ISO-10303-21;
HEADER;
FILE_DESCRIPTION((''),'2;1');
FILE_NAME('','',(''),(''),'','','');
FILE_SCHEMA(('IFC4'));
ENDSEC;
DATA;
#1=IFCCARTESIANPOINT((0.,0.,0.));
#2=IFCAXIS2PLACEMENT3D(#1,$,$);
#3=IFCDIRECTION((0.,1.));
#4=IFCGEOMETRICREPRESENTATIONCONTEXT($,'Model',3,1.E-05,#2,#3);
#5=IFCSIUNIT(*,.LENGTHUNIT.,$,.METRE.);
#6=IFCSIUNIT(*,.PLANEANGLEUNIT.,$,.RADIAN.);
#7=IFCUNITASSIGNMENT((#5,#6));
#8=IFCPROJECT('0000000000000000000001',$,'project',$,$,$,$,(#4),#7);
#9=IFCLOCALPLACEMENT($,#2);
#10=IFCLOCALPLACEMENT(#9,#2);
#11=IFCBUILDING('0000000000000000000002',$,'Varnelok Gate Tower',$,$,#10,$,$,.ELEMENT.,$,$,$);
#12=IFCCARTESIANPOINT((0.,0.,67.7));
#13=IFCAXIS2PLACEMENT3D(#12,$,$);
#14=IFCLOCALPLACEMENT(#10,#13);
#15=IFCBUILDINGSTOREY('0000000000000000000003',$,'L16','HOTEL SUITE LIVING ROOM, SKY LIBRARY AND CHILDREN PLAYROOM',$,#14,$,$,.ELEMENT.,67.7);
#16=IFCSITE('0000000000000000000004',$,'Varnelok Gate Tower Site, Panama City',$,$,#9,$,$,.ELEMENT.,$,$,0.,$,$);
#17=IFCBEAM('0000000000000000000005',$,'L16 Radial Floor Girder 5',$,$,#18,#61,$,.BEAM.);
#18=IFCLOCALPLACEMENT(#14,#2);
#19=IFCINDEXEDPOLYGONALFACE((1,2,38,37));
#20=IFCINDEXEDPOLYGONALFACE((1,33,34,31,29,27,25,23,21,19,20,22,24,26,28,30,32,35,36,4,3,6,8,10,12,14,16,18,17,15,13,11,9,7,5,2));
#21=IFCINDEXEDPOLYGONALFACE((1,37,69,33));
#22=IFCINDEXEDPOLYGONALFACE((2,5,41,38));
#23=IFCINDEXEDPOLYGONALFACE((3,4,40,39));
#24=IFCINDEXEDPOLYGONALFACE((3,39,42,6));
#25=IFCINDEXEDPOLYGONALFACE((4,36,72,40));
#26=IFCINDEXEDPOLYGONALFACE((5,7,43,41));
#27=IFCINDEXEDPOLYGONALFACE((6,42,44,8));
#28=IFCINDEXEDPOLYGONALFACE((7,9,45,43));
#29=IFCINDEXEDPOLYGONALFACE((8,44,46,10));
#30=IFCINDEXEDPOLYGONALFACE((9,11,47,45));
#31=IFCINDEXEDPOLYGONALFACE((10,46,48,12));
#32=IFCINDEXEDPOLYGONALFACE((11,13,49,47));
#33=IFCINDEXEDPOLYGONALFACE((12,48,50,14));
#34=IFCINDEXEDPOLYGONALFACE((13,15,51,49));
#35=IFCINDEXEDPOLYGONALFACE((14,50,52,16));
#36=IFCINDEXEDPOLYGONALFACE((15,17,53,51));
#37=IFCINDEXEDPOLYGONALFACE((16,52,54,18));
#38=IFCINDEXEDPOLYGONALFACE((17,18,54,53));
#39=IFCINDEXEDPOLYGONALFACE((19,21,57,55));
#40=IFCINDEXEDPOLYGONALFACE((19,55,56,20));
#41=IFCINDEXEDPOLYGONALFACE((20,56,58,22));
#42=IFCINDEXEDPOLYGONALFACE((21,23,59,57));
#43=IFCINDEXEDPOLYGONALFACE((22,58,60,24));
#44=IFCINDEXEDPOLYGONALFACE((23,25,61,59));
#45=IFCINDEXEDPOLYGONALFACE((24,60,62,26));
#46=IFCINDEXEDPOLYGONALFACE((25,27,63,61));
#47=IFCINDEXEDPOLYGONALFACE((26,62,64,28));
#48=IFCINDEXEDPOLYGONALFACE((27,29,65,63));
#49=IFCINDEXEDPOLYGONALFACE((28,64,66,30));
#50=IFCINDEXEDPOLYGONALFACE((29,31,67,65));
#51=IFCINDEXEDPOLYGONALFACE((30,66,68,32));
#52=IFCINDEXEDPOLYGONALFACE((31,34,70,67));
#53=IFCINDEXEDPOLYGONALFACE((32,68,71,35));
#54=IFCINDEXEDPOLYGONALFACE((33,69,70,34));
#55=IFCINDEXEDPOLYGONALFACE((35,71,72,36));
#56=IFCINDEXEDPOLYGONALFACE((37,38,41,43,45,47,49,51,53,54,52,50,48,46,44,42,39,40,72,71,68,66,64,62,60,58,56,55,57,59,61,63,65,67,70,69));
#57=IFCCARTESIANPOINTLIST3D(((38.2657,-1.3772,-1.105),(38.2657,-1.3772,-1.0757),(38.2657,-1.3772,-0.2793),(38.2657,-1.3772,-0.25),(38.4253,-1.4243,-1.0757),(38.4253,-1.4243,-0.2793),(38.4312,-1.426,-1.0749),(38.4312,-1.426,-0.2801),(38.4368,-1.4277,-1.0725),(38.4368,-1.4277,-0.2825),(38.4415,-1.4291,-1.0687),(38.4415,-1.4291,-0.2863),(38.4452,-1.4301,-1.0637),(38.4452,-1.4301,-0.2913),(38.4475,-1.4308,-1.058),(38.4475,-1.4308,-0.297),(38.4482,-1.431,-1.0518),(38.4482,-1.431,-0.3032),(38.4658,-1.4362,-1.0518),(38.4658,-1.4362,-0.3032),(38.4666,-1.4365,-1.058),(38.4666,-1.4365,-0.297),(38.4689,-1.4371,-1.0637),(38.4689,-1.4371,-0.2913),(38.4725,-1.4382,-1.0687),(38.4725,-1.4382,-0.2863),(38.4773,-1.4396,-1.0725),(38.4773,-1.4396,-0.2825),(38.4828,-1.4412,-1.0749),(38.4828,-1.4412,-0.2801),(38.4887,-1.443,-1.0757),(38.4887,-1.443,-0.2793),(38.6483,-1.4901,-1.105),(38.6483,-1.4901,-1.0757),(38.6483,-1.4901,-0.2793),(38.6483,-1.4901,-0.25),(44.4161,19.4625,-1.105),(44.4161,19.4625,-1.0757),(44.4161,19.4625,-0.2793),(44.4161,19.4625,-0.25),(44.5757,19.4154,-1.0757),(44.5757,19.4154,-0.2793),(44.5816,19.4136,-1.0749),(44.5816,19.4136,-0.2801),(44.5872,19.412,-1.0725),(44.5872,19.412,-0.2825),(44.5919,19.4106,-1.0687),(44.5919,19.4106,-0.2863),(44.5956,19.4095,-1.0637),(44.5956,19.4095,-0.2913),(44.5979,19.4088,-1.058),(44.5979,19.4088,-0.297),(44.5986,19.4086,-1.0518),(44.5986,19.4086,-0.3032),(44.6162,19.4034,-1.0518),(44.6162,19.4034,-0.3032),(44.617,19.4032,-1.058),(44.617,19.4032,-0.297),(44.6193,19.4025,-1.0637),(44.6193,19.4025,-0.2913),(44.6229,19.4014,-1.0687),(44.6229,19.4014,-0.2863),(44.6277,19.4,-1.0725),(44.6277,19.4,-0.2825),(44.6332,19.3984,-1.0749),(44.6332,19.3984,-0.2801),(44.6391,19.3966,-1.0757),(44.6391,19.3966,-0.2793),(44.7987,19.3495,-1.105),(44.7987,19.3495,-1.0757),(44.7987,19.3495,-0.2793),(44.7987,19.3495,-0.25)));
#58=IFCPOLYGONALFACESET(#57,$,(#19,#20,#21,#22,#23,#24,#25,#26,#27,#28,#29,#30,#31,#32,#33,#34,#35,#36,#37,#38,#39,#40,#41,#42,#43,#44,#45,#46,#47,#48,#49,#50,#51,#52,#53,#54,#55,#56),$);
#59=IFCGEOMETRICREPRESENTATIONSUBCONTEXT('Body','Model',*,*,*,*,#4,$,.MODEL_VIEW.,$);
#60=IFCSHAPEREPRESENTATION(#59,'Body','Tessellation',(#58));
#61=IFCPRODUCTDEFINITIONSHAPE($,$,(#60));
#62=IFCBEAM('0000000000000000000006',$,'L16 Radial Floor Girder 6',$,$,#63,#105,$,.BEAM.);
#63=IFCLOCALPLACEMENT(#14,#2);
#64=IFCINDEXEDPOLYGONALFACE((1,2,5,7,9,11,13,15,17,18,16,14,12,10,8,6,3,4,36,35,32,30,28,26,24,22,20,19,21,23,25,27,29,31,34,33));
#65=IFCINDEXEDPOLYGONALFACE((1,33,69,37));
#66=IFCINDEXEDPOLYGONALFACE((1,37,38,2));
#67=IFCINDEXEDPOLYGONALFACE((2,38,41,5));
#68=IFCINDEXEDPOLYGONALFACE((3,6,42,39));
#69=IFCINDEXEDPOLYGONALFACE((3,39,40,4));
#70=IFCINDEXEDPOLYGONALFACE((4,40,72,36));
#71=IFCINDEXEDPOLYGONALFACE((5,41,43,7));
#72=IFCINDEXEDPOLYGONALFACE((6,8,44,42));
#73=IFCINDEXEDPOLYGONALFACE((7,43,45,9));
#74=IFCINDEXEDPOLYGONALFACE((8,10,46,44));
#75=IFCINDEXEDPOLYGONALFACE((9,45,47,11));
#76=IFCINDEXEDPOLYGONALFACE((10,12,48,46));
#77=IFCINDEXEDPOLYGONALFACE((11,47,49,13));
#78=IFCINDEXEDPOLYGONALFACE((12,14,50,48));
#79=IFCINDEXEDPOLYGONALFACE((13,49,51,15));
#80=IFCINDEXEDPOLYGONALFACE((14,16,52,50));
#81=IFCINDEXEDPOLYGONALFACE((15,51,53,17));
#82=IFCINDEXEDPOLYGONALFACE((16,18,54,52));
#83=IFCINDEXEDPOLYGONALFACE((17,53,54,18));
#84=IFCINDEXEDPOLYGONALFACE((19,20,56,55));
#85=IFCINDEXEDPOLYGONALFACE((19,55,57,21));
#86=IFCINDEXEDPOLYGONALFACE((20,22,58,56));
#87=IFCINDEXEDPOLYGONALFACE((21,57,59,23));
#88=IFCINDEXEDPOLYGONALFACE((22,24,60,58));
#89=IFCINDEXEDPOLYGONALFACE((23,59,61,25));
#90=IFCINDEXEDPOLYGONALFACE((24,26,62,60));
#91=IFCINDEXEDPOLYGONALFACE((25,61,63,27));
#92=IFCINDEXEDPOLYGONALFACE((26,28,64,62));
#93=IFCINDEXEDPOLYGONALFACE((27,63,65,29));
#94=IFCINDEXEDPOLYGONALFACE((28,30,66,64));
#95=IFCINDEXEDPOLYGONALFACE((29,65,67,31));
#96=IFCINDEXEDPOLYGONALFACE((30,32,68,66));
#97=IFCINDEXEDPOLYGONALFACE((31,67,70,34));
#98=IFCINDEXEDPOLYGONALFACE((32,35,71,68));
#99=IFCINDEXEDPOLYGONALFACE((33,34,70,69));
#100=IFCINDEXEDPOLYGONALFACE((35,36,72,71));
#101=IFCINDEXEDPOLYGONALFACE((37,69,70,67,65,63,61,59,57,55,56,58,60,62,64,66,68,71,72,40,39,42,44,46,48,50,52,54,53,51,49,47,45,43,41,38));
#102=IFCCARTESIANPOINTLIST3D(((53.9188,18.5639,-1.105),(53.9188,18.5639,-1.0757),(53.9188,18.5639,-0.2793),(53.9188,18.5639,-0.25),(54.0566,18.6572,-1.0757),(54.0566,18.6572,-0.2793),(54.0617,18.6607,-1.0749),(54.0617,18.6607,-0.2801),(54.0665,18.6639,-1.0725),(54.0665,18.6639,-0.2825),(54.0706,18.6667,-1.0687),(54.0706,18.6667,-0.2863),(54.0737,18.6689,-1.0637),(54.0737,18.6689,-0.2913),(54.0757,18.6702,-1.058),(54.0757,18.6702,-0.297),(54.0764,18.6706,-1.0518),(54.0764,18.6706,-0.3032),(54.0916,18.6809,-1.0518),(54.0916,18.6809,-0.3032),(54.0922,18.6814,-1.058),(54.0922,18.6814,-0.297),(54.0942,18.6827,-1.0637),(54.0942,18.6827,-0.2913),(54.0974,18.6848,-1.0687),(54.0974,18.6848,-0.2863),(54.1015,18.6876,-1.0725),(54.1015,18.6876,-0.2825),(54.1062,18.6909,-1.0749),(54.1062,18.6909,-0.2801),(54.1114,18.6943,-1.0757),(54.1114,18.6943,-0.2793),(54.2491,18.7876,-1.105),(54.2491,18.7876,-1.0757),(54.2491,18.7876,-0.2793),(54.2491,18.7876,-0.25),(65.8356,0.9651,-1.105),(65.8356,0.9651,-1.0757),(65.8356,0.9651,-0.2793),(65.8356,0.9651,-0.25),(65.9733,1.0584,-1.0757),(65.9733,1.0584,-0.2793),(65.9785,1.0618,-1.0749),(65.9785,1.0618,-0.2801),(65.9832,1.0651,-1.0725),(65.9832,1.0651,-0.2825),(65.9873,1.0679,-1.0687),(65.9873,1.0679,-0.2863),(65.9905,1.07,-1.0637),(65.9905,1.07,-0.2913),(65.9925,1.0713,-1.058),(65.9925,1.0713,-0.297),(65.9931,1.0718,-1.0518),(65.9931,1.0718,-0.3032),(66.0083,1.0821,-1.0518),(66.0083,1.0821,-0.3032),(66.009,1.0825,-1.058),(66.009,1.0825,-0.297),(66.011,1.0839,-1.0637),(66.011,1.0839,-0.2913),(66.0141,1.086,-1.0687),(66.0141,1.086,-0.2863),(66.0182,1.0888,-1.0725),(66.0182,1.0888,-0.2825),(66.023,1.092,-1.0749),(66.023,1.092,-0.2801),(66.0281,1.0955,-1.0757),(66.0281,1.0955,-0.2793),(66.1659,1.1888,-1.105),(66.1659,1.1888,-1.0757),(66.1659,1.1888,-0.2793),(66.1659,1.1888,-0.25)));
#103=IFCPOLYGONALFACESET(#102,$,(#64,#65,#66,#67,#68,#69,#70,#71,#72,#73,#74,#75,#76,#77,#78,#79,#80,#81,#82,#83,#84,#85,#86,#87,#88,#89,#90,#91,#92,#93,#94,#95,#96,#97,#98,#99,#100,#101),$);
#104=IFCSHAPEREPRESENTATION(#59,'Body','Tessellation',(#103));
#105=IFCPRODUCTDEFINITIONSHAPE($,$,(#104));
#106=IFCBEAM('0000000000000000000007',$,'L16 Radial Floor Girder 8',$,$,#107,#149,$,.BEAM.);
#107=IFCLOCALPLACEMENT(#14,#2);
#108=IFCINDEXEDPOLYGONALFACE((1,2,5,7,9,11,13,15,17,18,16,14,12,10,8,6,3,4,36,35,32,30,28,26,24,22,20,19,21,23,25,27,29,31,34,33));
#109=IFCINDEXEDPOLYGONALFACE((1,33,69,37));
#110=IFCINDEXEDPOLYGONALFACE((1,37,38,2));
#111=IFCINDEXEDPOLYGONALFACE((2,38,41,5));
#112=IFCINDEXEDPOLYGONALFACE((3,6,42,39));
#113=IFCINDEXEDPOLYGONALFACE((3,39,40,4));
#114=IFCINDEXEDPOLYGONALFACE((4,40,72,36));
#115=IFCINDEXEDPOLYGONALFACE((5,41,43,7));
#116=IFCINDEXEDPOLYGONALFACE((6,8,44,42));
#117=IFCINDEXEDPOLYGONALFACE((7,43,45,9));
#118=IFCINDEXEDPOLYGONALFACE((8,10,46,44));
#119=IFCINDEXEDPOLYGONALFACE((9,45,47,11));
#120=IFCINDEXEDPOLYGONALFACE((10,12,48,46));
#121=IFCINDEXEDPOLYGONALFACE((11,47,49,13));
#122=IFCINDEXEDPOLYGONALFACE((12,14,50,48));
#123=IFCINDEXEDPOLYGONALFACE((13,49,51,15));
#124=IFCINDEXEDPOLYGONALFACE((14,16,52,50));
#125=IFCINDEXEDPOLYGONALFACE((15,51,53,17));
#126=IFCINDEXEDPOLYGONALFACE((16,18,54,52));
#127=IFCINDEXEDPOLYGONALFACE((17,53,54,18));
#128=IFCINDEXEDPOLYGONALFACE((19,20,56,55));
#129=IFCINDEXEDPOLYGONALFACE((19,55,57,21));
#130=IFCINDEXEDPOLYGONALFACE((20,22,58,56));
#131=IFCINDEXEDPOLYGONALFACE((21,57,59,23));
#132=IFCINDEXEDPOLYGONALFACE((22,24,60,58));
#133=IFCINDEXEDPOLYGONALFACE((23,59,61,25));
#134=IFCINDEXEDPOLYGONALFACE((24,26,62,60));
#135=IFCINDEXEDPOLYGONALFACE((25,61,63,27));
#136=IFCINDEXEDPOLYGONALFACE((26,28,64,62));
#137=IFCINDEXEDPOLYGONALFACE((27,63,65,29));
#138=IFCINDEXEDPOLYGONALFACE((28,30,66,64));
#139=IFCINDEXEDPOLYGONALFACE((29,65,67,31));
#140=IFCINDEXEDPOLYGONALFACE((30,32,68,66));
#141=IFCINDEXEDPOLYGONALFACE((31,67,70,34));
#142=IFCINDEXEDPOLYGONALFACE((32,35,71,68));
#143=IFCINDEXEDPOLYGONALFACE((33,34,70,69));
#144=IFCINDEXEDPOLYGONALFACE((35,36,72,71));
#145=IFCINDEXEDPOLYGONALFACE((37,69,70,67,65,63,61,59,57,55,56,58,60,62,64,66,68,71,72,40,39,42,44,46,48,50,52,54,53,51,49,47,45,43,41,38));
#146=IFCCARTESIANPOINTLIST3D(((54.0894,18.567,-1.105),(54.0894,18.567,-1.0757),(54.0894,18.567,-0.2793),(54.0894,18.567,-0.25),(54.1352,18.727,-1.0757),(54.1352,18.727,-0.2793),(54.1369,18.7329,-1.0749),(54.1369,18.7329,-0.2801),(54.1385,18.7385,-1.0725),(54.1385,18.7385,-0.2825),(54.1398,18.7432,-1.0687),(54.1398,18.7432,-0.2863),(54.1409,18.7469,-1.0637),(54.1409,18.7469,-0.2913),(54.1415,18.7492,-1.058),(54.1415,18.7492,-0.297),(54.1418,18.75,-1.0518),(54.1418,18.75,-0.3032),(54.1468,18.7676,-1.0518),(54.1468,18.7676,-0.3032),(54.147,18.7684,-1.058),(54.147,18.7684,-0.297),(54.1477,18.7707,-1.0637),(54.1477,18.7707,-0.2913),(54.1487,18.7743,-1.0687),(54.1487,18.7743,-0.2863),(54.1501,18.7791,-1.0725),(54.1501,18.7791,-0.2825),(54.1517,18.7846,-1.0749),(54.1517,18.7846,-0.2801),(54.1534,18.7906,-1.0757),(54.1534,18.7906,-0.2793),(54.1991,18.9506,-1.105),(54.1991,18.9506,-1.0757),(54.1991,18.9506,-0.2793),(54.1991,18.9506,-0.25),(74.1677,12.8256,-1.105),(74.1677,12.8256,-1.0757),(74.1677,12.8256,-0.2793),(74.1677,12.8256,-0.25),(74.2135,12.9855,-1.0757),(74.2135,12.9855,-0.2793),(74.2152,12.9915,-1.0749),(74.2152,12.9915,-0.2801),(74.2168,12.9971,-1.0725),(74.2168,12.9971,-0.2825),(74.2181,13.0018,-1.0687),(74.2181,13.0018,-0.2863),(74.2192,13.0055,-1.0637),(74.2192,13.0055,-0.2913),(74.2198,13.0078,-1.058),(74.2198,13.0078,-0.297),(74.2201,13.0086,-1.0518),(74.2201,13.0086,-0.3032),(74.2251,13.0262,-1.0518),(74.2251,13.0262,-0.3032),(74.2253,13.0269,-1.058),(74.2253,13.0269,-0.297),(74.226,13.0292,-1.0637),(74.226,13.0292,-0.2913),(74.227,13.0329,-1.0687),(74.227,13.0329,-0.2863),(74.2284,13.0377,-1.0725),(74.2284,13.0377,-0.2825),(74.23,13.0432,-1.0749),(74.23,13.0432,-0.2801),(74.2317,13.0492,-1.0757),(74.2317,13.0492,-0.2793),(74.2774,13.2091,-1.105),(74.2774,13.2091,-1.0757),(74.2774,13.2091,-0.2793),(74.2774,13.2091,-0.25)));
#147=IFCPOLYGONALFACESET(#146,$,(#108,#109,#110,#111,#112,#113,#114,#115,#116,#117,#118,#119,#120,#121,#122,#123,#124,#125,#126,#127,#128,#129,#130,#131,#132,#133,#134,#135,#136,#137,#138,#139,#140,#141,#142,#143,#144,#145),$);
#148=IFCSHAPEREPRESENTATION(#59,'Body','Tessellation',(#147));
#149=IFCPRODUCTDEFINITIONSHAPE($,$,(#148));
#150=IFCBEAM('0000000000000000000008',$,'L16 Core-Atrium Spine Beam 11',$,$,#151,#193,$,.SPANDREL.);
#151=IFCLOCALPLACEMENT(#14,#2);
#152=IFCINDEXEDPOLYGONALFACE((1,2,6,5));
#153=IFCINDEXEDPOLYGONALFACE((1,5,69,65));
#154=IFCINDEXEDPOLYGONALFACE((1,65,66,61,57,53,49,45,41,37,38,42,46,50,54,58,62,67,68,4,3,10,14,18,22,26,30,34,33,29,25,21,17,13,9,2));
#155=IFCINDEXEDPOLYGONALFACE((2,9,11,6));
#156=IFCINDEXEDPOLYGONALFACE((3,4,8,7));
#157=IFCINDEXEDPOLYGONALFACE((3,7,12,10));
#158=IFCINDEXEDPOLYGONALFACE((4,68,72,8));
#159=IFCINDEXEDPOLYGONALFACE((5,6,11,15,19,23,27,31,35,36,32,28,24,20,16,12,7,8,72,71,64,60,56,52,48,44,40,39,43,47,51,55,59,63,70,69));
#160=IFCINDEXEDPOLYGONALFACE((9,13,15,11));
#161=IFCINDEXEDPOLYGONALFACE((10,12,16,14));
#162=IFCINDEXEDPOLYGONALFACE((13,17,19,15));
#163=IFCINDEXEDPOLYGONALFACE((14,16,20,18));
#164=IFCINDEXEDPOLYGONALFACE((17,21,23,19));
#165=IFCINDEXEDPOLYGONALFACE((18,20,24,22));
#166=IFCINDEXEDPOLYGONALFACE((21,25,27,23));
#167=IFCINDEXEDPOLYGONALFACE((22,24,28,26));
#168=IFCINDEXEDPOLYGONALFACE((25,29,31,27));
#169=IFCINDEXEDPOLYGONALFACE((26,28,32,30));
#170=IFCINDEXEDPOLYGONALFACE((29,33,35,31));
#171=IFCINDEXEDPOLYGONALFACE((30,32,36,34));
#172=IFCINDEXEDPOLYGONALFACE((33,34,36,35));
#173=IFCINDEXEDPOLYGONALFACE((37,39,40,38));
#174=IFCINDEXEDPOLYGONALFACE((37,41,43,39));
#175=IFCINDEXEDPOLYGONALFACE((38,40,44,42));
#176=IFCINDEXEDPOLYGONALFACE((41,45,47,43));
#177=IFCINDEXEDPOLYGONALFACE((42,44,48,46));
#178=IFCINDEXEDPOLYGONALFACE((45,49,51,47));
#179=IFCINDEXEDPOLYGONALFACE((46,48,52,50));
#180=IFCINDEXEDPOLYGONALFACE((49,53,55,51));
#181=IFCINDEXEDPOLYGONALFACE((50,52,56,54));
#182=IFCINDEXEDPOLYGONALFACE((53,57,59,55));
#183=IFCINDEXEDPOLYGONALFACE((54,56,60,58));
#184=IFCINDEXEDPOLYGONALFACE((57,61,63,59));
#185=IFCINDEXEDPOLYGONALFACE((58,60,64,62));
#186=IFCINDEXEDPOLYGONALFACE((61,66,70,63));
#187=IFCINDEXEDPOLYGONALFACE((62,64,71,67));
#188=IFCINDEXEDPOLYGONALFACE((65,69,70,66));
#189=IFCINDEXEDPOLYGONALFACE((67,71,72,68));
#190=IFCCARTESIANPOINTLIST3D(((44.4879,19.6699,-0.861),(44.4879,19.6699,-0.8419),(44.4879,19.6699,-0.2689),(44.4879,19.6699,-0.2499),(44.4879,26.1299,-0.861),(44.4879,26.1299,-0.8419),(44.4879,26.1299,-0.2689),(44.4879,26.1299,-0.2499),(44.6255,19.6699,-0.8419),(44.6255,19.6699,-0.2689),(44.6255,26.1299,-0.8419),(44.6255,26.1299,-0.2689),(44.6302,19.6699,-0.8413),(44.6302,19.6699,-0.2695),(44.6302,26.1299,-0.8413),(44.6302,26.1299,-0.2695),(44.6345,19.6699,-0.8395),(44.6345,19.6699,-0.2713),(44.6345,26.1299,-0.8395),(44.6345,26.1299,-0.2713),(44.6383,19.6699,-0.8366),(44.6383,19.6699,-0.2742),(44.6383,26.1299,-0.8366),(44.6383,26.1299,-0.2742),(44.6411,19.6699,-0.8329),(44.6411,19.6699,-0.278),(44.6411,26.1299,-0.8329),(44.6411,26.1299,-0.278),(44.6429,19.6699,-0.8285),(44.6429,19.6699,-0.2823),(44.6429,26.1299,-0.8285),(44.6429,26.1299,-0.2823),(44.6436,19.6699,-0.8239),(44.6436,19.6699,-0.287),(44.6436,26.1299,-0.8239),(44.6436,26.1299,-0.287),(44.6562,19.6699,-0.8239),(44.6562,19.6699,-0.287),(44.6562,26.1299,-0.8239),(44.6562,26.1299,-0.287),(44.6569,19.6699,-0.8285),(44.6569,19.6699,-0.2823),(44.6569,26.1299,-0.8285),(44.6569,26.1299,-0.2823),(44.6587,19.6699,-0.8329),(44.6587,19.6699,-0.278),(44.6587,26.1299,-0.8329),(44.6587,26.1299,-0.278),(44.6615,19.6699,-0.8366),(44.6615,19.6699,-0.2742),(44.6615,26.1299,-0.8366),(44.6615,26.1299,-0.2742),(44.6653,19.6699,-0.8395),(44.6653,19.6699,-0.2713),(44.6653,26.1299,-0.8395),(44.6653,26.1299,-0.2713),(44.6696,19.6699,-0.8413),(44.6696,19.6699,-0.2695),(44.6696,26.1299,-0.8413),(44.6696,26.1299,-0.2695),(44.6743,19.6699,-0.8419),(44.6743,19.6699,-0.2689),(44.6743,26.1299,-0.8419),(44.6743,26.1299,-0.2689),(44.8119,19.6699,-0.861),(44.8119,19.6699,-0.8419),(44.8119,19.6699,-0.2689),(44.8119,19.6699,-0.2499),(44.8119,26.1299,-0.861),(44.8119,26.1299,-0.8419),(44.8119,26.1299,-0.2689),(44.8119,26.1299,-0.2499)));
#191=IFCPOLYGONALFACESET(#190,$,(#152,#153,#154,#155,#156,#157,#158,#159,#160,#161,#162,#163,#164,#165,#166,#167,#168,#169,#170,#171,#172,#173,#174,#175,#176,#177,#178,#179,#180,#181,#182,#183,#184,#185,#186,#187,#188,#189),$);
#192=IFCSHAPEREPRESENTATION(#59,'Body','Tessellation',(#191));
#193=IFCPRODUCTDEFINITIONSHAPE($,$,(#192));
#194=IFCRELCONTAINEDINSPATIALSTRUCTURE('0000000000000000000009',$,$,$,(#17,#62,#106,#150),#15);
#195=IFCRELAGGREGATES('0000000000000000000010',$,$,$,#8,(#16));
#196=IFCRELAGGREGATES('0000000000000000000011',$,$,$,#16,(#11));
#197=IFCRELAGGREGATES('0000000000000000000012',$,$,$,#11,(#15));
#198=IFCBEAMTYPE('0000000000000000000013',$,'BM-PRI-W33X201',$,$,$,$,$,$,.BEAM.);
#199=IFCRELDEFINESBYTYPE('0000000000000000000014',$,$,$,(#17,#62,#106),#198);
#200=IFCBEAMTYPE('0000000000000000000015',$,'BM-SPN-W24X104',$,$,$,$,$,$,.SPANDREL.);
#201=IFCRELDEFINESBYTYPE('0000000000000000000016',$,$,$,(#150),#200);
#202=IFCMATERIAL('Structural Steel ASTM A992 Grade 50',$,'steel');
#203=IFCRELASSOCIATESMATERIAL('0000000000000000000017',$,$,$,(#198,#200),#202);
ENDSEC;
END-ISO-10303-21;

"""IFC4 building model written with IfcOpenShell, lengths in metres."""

from ifc_helpers import new_model, si_unit, direction, frame, origin, origin_2d, place, context, subcontext, project, spatial, i_section, extrude, material, material_profile, profile_set, type_object, element, save


model = new_model("IFC4")

# Units and contexts
model_context = context("Model", 3, precision=1e-05, world=origin(), true_north=direction((0.0, 1.0)))
body_context = subcontext(model_context, "Body", "Model", "MODEL_VIEW")
ifc_project = project(units=[si_unit("LENGTHUNIT", "METRE"), si_unit("PLANEANGLEUNIT", "RADIAN")], contexts=[model_context])

# Site, building, storey
site_placement = place(None, origin())
site = spatial("IfcSite", under=ifc_project, at=site_placement, Name="Varnelok Gate Tower Site, Panama City", CompositionType="ELEMENT", RefElevation=0.0)
building_placement = place(site_placement, origin())
building = spatial("IfcBuilding", under=site, at=building_placement, Name="Varnelok Gate Tower", CompositionType="ELEMENT")
storey_placement = place(building_placement, frame((0.0, 0.0, 67.7)))
storey = spatial("IfcBuildingStorey", under=building, at=storey_placement, Name="L16", Description="HOTEL SUITE LIVING ROOM, SKY LIBRARY AND CHILDREN PLAYROOM", CompositionType="ELEMENT", Elevation=67.7)

# Shared definitions
ifc_material_1 = material(Name="Structural Steel ASTM A992 Grade 50", Category="steel")

# Beams
ifc_material_profile_1 = material_profile(ifc_material_1, i_section(OverallWidth=0.3989, OverallDepth=0.855, WebThickness=0.0183, FlangeThickness=0.0293, FilletRadius=0.0239, at=origin_2d()), Name="W33X201")
ifc_profile_set_1 = profile_set([ifc_material_profile_1], Name="Structural Steel ASTM A992 Grade 50")
beam_type_1 = type_object("IfcBeamType", Name="BM-PRI-W33X201", PredefinedType="BEAM", material=ifc_profile_set_1)
beam_1_placement = place(storey_placement, frame((44.6074, 19.406, -0.6775), z_axis=(-0.28306, -0.959102, 0.0), x_axis=(0.959102, -0.28306, 0.0)))
element("IfcBeam", 1, at=beam_1_placement, inside=storey, type_object=beam_type_1, Name="L16 Radial Floor Girder 5", PredefinedType="BEAM", context=body_context, shape_type="SweptSolid", body=[
    extrude(i_section(OverallWidth=0.3989, OverallDepth=0.855, WebThickness=0.0183, FlangeThickness=0.0293, FilletRadius=0.0239, at=origin_2d()), origin(), (0.0, 0.0, 1.0), 21.7283),
])
beam_2_placement = place(storey_placement, frame((54.084, 18.6758, -0.6775), z_axis=(0.560685, -0.828029, 0.0), x_axis=(0.828029, 0.560685, 0.0)))
element("IfcBeam", 2, at=beam_2_placement, inside=storey, type_object=beam_type_1, Name="L16 Radial Floor Girder 6", PredefinedType="BEAM", context=body_context, shape_type="SweptSolid", body=[
    extrude(i_section(OverallWidth=0.3989, OverallDepth=0.855, WebThickness=0.0183, FlangeThickness=0.0293, FilletRadius=0.0239, at=origin_2d()), origin(), (0.0, 0.0, 1.0), 21.2539),
])
beam_3_placement = place(storey_placement, frame((54.1443, 18.7588, -0.6775), z_axis=(0.961463, -0.274933, 0.0), x_axis=(0.274933, 0.961463, 0.0)))
element("IfcBeam", 3, at=beam_3_placement, inside=storey, type_object=beam_type_1, Name="L16 Radial Floor Girder 8", PredefinedType="BEAM", context=body_context, shape_type="SweptSolid", body=[
    extrude(i_section(OverallWidth=0.3989, OverallDepth=0.855, WebThickness=0.0183, FlangeThickness=0.0293, FilletRadius=0.0239, at=origin_2d()), origin(), (0.0, 0.0, 1.0), 20.8831),
])
ifc_material_profile_2 = material_profile(ifc_material_1, i_section(OverallWidth=0.324, OverallDepth=0.6111, WebThickness=0.0127, FlangeThickness=0.019, FilletRadius=0.0181, at=origin_2d()), Name="W24X104")
ifc_profile_set_2 = profile_set([ifc_material_profile_2], Name="Structural Steel ASTM A992 Grade 50")
beam_type_2 = type_object("IfcBeamType", Name="BM-SPN-W24X104", PredefinedType="SPANDREL", material=ifc_profile_set_2)
beam_4_placement = place(storey_placement, frame((44.6499, 19.6699, -0.5554), z_axis=(0.0, 1.0, 0.0), x_axis=(-1.0, 0.0, 0.0)))
element("IfcBeam", 4, at=beam_4_placement, inside=storey, type_object=beam_type_2, Name="L16 Core-Atrium Spine Beam 11", PredefinedType="SPANDREL", context=body_context, shape_type="SweptSolid", body=[
    extrude(i_section(OverallWidth=0.324, OverallDepth=0.6111, WebThickness=0.0127, FlangeThickness=0.019, FilletRadius=0.0181, at=origin_2d()), origin(), (0.0, 0.0, 1.0), 6.46),
])

save(model, "model.ifc")
